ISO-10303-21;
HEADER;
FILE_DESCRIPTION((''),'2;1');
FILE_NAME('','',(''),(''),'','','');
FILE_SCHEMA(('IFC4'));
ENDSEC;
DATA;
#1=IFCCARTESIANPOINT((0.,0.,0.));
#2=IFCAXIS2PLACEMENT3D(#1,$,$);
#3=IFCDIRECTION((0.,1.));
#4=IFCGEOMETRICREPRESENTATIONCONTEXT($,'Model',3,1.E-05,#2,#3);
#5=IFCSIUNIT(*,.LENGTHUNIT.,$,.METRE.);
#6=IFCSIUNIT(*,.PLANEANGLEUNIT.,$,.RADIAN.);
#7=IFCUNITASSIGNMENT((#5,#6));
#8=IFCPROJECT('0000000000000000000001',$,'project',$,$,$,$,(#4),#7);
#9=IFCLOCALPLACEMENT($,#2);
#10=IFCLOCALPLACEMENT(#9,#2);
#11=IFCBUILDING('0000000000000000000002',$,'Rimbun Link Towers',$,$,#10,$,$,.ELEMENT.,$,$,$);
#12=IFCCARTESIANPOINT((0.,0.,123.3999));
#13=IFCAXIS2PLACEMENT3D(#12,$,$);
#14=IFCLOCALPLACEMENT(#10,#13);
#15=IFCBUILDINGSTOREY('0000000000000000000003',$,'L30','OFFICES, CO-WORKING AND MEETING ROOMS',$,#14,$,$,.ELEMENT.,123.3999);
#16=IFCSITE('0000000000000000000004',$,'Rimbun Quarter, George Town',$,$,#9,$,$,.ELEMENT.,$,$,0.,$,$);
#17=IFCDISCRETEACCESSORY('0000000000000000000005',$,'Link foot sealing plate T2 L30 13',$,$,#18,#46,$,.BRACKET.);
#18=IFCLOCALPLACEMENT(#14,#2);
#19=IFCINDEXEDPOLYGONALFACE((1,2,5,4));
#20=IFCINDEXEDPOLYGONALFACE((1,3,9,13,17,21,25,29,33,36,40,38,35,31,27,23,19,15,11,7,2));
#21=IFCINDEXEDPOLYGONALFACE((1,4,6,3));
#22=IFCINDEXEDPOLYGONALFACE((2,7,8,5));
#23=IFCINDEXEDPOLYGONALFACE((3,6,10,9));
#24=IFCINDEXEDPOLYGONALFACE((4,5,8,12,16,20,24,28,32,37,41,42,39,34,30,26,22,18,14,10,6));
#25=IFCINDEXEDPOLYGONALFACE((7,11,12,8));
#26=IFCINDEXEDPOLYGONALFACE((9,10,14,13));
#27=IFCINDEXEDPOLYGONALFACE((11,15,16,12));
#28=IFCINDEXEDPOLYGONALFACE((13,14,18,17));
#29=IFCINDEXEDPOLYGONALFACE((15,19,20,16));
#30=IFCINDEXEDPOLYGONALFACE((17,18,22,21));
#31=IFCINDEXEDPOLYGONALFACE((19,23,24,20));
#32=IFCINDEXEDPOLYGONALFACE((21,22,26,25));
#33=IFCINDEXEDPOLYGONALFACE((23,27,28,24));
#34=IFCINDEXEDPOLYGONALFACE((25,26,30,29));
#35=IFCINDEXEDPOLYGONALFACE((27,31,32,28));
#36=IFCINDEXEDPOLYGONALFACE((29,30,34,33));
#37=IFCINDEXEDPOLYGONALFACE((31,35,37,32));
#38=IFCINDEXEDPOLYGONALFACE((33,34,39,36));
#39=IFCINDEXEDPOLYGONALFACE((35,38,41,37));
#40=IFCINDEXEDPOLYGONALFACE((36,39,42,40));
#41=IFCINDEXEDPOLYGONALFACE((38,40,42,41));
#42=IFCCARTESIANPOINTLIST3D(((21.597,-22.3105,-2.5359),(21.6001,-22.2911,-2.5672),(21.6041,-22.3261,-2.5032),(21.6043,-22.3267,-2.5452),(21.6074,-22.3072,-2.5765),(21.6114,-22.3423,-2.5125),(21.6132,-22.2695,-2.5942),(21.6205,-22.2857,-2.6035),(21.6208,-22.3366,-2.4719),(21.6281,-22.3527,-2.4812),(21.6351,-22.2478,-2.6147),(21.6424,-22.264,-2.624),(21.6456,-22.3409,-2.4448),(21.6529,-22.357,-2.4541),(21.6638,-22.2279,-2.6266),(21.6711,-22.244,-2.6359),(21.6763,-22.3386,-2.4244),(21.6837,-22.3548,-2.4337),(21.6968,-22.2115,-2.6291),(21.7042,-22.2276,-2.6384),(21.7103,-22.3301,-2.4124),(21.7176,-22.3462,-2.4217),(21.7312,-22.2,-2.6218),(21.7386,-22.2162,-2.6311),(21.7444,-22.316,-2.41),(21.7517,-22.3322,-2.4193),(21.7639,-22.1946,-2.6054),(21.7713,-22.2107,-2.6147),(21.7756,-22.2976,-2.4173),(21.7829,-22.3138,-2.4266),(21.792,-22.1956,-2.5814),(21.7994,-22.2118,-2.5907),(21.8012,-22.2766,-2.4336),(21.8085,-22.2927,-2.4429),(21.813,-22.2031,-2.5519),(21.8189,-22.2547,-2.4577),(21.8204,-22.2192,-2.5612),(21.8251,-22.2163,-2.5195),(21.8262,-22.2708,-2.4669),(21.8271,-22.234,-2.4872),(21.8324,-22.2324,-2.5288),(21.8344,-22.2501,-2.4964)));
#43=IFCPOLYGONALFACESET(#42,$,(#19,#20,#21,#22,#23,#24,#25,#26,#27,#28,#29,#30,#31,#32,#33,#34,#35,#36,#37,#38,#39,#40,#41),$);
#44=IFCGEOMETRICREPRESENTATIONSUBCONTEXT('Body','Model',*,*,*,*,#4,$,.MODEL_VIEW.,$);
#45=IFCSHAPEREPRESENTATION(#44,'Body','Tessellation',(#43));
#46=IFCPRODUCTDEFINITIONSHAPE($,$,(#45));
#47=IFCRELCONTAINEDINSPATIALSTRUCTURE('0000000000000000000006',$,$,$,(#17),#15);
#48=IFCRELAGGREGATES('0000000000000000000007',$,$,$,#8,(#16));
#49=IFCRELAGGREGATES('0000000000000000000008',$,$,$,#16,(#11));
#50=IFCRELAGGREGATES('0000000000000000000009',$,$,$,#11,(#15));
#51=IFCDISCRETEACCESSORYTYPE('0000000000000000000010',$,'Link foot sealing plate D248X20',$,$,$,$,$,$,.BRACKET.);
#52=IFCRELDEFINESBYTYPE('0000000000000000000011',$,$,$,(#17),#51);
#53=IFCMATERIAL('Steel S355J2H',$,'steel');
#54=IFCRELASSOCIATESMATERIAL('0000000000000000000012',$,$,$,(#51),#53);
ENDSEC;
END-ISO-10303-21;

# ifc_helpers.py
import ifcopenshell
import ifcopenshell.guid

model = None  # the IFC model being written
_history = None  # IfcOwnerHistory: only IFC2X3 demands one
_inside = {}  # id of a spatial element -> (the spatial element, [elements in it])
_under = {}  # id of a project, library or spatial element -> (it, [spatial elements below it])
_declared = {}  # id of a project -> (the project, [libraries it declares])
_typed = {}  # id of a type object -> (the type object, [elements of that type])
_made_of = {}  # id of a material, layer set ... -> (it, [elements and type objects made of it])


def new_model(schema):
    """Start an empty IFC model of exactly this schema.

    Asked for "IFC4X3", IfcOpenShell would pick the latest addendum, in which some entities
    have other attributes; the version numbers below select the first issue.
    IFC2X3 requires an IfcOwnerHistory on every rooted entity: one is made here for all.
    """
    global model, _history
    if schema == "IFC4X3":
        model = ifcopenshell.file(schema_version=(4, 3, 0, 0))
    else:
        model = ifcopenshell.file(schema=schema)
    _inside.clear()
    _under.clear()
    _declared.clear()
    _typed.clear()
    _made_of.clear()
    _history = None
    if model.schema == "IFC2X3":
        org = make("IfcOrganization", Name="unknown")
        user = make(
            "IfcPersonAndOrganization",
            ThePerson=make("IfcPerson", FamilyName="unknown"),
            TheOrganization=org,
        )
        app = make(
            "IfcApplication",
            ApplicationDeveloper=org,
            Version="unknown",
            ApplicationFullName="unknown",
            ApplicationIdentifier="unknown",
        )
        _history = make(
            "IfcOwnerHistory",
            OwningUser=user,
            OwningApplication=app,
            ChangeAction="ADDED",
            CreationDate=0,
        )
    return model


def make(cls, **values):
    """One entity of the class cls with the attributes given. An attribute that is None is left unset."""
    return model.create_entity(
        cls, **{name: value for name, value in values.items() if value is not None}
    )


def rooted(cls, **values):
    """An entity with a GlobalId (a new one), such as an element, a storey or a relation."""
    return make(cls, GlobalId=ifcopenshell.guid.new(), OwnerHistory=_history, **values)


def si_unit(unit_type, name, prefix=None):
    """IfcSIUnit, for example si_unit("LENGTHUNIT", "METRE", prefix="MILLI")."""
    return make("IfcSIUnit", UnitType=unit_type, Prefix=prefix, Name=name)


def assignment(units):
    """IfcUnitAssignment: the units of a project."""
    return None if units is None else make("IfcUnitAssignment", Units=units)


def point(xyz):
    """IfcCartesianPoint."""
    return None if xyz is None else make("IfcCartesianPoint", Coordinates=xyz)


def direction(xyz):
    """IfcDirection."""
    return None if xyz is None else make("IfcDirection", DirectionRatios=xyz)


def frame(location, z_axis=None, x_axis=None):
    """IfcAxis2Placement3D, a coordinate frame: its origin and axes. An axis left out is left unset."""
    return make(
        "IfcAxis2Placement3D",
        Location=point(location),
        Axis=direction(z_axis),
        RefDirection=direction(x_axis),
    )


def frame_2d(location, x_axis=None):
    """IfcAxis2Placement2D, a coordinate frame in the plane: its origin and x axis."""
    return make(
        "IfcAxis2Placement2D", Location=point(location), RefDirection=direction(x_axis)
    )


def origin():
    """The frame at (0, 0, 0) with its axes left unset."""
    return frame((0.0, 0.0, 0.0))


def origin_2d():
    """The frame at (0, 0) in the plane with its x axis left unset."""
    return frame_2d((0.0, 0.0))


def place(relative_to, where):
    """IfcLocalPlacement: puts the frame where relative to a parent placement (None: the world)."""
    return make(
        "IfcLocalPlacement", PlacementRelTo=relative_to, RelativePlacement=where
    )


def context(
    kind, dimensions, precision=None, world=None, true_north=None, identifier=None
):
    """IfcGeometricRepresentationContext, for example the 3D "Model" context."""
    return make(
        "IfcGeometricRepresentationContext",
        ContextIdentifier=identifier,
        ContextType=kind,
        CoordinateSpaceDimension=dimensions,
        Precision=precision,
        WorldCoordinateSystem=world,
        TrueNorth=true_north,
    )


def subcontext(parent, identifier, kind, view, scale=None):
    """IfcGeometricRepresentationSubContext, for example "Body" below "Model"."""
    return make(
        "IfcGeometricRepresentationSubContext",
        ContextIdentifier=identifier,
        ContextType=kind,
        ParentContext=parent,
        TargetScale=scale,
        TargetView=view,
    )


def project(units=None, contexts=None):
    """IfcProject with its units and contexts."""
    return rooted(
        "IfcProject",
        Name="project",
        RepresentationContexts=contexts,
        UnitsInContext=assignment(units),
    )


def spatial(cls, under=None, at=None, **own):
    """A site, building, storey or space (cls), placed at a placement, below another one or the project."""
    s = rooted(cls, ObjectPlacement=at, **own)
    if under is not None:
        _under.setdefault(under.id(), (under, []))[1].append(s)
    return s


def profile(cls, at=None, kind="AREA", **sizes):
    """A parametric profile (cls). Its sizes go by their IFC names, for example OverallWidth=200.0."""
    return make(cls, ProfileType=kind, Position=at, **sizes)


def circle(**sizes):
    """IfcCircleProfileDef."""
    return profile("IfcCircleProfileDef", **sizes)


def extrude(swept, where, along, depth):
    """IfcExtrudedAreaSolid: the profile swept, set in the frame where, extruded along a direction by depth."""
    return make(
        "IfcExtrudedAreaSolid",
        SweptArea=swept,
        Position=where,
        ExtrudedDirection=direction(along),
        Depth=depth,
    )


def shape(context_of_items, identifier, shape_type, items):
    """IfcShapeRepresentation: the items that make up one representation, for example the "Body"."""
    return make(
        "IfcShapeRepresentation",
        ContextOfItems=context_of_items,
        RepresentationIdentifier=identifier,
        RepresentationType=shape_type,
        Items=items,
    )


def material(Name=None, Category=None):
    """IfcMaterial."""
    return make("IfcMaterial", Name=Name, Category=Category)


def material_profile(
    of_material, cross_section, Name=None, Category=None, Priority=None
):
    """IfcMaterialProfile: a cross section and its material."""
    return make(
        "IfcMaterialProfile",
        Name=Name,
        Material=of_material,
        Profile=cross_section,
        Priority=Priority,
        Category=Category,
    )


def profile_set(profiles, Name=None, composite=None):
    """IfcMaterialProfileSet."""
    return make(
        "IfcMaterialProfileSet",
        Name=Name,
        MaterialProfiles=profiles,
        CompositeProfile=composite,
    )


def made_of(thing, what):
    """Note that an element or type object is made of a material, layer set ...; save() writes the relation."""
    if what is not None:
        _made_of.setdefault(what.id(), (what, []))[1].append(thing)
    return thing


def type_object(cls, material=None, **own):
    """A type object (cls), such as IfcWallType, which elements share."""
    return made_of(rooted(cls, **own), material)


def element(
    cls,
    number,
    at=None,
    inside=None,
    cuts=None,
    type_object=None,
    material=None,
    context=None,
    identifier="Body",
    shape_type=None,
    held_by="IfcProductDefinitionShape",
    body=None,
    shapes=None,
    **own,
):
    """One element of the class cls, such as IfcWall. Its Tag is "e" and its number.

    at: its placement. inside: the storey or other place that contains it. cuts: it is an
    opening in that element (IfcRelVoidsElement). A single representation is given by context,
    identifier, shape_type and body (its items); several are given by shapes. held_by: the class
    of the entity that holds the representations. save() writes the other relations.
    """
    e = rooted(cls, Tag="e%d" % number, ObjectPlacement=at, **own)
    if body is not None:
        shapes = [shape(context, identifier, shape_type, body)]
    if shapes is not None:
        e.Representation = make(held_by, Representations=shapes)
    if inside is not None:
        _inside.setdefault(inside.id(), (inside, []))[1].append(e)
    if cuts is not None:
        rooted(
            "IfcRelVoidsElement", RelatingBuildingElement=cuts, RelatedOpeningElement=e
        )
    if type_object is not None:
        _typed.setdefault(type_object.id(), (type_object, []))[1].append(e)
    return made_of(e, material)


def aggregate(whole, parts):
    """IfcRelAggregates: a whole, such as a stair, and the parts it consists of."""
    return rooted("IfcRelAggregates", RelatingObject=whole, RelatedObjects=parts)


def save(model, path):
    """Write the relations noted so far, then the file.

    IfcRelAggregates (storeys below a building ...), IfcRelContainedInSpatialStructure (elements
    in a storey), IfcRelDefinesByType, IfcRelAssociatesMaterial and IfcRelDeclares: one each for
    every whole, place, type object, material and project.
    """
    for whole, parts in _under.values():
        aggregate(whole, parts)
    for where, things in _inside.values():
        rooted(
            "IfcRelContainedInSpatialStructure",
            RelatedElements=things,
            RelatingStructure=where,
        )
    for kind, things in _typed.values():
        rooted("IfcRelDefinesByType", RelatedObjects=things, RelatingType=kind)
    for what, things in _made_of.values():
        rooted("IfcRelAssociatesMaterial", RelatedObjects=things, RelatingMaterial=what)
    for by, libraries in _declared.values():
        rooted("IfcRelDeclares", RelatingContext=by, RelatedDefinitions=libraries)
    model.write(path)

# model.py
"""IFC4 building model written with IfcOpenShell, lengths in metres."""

from ifc_helpers import new_model, si_unit, direction, frame, origin, origin_2d, place, context, subcontext, project, spatial, circle, extrude, material, material_profile, profile_set, type_object, element, save


model = new_model("IFC4")

# Units and contexts
model_context = context("Model", 3, precision=1e-05, world=origin(), true_north=direction((0.0, 1.0)))
body_context = subcontext(model_context, "Body", "Model", "MODEL_VIEW")
ifc_project = project(units=[si_unit("LENGTHUNIT", "METRE"), si_unit("PLANEANGLEUNIT", "RADIAN")], contexts=[model_context])

# Site, building, storey
site_placement = place(None, origin())
site = spatial("IfcSite", under=ifc_project, at=site_placement, Name="Rimbun Quarter, George Town", CompositionType="ELEMENT", RefElevation=0.0)
building_placement = place(site_placement, origin())
building = spatial("IfcBuilding", under=site, at=building_placement, Name="Rimbun Link Towers", CompositionType="ELEMENT")
storey_placement = place(building_placement, frame((0.0, 0.0, 123.3999)))
storey = spatial("IfcBuildingStorey", under=building, at=storey_placement, Name="L30", Description="OFFICES, CO-WORKING AND MEETING ROOMS", CompositionType="ELEMENT", Elevation=123.3999)

# Discrete accessory
ifc_material_1 = material(Name="Steel S355J2H", Category="steel")
ifc_material_profile_1 = material_profile(ifc_material_1, circle(Radius=0.124, at=origin_2d()), Name="PL D248")
ifc_profile_set_1 = profile_set([ifc_material_profile_1], Name="Steel S355J2H")
discrete_accessory_type = type_object("IfcDiscreteAccessoryType", Name="Link foot sealing plate D248X20", PredefinedType="BRACKET", material=ifc_profile_set_1)
discrete_accessory_placement = place(storey_placement, frame((21.7122, -22.2676, -2.5195), z_axis=(0.366508, -0.806318, -0.464244), x_axis=(0.910366, 0.413803, 0.0)))
element("IfcDiscreteAccessory", 1, at=discrete_accessory_placement, inside=storey, type_object=discrete_accessory_type, Name="Link foot sealing plate T2 L30 13", PredefinedType="BRACKET", context=body_context, shape_type="SweptSolid", body=[
    extrude(circle(Radius=0.124, at=origin_2d()), origin(), (0.0, 0.0, 1.0), 0.02),
])

save(model, "model.ifc")
